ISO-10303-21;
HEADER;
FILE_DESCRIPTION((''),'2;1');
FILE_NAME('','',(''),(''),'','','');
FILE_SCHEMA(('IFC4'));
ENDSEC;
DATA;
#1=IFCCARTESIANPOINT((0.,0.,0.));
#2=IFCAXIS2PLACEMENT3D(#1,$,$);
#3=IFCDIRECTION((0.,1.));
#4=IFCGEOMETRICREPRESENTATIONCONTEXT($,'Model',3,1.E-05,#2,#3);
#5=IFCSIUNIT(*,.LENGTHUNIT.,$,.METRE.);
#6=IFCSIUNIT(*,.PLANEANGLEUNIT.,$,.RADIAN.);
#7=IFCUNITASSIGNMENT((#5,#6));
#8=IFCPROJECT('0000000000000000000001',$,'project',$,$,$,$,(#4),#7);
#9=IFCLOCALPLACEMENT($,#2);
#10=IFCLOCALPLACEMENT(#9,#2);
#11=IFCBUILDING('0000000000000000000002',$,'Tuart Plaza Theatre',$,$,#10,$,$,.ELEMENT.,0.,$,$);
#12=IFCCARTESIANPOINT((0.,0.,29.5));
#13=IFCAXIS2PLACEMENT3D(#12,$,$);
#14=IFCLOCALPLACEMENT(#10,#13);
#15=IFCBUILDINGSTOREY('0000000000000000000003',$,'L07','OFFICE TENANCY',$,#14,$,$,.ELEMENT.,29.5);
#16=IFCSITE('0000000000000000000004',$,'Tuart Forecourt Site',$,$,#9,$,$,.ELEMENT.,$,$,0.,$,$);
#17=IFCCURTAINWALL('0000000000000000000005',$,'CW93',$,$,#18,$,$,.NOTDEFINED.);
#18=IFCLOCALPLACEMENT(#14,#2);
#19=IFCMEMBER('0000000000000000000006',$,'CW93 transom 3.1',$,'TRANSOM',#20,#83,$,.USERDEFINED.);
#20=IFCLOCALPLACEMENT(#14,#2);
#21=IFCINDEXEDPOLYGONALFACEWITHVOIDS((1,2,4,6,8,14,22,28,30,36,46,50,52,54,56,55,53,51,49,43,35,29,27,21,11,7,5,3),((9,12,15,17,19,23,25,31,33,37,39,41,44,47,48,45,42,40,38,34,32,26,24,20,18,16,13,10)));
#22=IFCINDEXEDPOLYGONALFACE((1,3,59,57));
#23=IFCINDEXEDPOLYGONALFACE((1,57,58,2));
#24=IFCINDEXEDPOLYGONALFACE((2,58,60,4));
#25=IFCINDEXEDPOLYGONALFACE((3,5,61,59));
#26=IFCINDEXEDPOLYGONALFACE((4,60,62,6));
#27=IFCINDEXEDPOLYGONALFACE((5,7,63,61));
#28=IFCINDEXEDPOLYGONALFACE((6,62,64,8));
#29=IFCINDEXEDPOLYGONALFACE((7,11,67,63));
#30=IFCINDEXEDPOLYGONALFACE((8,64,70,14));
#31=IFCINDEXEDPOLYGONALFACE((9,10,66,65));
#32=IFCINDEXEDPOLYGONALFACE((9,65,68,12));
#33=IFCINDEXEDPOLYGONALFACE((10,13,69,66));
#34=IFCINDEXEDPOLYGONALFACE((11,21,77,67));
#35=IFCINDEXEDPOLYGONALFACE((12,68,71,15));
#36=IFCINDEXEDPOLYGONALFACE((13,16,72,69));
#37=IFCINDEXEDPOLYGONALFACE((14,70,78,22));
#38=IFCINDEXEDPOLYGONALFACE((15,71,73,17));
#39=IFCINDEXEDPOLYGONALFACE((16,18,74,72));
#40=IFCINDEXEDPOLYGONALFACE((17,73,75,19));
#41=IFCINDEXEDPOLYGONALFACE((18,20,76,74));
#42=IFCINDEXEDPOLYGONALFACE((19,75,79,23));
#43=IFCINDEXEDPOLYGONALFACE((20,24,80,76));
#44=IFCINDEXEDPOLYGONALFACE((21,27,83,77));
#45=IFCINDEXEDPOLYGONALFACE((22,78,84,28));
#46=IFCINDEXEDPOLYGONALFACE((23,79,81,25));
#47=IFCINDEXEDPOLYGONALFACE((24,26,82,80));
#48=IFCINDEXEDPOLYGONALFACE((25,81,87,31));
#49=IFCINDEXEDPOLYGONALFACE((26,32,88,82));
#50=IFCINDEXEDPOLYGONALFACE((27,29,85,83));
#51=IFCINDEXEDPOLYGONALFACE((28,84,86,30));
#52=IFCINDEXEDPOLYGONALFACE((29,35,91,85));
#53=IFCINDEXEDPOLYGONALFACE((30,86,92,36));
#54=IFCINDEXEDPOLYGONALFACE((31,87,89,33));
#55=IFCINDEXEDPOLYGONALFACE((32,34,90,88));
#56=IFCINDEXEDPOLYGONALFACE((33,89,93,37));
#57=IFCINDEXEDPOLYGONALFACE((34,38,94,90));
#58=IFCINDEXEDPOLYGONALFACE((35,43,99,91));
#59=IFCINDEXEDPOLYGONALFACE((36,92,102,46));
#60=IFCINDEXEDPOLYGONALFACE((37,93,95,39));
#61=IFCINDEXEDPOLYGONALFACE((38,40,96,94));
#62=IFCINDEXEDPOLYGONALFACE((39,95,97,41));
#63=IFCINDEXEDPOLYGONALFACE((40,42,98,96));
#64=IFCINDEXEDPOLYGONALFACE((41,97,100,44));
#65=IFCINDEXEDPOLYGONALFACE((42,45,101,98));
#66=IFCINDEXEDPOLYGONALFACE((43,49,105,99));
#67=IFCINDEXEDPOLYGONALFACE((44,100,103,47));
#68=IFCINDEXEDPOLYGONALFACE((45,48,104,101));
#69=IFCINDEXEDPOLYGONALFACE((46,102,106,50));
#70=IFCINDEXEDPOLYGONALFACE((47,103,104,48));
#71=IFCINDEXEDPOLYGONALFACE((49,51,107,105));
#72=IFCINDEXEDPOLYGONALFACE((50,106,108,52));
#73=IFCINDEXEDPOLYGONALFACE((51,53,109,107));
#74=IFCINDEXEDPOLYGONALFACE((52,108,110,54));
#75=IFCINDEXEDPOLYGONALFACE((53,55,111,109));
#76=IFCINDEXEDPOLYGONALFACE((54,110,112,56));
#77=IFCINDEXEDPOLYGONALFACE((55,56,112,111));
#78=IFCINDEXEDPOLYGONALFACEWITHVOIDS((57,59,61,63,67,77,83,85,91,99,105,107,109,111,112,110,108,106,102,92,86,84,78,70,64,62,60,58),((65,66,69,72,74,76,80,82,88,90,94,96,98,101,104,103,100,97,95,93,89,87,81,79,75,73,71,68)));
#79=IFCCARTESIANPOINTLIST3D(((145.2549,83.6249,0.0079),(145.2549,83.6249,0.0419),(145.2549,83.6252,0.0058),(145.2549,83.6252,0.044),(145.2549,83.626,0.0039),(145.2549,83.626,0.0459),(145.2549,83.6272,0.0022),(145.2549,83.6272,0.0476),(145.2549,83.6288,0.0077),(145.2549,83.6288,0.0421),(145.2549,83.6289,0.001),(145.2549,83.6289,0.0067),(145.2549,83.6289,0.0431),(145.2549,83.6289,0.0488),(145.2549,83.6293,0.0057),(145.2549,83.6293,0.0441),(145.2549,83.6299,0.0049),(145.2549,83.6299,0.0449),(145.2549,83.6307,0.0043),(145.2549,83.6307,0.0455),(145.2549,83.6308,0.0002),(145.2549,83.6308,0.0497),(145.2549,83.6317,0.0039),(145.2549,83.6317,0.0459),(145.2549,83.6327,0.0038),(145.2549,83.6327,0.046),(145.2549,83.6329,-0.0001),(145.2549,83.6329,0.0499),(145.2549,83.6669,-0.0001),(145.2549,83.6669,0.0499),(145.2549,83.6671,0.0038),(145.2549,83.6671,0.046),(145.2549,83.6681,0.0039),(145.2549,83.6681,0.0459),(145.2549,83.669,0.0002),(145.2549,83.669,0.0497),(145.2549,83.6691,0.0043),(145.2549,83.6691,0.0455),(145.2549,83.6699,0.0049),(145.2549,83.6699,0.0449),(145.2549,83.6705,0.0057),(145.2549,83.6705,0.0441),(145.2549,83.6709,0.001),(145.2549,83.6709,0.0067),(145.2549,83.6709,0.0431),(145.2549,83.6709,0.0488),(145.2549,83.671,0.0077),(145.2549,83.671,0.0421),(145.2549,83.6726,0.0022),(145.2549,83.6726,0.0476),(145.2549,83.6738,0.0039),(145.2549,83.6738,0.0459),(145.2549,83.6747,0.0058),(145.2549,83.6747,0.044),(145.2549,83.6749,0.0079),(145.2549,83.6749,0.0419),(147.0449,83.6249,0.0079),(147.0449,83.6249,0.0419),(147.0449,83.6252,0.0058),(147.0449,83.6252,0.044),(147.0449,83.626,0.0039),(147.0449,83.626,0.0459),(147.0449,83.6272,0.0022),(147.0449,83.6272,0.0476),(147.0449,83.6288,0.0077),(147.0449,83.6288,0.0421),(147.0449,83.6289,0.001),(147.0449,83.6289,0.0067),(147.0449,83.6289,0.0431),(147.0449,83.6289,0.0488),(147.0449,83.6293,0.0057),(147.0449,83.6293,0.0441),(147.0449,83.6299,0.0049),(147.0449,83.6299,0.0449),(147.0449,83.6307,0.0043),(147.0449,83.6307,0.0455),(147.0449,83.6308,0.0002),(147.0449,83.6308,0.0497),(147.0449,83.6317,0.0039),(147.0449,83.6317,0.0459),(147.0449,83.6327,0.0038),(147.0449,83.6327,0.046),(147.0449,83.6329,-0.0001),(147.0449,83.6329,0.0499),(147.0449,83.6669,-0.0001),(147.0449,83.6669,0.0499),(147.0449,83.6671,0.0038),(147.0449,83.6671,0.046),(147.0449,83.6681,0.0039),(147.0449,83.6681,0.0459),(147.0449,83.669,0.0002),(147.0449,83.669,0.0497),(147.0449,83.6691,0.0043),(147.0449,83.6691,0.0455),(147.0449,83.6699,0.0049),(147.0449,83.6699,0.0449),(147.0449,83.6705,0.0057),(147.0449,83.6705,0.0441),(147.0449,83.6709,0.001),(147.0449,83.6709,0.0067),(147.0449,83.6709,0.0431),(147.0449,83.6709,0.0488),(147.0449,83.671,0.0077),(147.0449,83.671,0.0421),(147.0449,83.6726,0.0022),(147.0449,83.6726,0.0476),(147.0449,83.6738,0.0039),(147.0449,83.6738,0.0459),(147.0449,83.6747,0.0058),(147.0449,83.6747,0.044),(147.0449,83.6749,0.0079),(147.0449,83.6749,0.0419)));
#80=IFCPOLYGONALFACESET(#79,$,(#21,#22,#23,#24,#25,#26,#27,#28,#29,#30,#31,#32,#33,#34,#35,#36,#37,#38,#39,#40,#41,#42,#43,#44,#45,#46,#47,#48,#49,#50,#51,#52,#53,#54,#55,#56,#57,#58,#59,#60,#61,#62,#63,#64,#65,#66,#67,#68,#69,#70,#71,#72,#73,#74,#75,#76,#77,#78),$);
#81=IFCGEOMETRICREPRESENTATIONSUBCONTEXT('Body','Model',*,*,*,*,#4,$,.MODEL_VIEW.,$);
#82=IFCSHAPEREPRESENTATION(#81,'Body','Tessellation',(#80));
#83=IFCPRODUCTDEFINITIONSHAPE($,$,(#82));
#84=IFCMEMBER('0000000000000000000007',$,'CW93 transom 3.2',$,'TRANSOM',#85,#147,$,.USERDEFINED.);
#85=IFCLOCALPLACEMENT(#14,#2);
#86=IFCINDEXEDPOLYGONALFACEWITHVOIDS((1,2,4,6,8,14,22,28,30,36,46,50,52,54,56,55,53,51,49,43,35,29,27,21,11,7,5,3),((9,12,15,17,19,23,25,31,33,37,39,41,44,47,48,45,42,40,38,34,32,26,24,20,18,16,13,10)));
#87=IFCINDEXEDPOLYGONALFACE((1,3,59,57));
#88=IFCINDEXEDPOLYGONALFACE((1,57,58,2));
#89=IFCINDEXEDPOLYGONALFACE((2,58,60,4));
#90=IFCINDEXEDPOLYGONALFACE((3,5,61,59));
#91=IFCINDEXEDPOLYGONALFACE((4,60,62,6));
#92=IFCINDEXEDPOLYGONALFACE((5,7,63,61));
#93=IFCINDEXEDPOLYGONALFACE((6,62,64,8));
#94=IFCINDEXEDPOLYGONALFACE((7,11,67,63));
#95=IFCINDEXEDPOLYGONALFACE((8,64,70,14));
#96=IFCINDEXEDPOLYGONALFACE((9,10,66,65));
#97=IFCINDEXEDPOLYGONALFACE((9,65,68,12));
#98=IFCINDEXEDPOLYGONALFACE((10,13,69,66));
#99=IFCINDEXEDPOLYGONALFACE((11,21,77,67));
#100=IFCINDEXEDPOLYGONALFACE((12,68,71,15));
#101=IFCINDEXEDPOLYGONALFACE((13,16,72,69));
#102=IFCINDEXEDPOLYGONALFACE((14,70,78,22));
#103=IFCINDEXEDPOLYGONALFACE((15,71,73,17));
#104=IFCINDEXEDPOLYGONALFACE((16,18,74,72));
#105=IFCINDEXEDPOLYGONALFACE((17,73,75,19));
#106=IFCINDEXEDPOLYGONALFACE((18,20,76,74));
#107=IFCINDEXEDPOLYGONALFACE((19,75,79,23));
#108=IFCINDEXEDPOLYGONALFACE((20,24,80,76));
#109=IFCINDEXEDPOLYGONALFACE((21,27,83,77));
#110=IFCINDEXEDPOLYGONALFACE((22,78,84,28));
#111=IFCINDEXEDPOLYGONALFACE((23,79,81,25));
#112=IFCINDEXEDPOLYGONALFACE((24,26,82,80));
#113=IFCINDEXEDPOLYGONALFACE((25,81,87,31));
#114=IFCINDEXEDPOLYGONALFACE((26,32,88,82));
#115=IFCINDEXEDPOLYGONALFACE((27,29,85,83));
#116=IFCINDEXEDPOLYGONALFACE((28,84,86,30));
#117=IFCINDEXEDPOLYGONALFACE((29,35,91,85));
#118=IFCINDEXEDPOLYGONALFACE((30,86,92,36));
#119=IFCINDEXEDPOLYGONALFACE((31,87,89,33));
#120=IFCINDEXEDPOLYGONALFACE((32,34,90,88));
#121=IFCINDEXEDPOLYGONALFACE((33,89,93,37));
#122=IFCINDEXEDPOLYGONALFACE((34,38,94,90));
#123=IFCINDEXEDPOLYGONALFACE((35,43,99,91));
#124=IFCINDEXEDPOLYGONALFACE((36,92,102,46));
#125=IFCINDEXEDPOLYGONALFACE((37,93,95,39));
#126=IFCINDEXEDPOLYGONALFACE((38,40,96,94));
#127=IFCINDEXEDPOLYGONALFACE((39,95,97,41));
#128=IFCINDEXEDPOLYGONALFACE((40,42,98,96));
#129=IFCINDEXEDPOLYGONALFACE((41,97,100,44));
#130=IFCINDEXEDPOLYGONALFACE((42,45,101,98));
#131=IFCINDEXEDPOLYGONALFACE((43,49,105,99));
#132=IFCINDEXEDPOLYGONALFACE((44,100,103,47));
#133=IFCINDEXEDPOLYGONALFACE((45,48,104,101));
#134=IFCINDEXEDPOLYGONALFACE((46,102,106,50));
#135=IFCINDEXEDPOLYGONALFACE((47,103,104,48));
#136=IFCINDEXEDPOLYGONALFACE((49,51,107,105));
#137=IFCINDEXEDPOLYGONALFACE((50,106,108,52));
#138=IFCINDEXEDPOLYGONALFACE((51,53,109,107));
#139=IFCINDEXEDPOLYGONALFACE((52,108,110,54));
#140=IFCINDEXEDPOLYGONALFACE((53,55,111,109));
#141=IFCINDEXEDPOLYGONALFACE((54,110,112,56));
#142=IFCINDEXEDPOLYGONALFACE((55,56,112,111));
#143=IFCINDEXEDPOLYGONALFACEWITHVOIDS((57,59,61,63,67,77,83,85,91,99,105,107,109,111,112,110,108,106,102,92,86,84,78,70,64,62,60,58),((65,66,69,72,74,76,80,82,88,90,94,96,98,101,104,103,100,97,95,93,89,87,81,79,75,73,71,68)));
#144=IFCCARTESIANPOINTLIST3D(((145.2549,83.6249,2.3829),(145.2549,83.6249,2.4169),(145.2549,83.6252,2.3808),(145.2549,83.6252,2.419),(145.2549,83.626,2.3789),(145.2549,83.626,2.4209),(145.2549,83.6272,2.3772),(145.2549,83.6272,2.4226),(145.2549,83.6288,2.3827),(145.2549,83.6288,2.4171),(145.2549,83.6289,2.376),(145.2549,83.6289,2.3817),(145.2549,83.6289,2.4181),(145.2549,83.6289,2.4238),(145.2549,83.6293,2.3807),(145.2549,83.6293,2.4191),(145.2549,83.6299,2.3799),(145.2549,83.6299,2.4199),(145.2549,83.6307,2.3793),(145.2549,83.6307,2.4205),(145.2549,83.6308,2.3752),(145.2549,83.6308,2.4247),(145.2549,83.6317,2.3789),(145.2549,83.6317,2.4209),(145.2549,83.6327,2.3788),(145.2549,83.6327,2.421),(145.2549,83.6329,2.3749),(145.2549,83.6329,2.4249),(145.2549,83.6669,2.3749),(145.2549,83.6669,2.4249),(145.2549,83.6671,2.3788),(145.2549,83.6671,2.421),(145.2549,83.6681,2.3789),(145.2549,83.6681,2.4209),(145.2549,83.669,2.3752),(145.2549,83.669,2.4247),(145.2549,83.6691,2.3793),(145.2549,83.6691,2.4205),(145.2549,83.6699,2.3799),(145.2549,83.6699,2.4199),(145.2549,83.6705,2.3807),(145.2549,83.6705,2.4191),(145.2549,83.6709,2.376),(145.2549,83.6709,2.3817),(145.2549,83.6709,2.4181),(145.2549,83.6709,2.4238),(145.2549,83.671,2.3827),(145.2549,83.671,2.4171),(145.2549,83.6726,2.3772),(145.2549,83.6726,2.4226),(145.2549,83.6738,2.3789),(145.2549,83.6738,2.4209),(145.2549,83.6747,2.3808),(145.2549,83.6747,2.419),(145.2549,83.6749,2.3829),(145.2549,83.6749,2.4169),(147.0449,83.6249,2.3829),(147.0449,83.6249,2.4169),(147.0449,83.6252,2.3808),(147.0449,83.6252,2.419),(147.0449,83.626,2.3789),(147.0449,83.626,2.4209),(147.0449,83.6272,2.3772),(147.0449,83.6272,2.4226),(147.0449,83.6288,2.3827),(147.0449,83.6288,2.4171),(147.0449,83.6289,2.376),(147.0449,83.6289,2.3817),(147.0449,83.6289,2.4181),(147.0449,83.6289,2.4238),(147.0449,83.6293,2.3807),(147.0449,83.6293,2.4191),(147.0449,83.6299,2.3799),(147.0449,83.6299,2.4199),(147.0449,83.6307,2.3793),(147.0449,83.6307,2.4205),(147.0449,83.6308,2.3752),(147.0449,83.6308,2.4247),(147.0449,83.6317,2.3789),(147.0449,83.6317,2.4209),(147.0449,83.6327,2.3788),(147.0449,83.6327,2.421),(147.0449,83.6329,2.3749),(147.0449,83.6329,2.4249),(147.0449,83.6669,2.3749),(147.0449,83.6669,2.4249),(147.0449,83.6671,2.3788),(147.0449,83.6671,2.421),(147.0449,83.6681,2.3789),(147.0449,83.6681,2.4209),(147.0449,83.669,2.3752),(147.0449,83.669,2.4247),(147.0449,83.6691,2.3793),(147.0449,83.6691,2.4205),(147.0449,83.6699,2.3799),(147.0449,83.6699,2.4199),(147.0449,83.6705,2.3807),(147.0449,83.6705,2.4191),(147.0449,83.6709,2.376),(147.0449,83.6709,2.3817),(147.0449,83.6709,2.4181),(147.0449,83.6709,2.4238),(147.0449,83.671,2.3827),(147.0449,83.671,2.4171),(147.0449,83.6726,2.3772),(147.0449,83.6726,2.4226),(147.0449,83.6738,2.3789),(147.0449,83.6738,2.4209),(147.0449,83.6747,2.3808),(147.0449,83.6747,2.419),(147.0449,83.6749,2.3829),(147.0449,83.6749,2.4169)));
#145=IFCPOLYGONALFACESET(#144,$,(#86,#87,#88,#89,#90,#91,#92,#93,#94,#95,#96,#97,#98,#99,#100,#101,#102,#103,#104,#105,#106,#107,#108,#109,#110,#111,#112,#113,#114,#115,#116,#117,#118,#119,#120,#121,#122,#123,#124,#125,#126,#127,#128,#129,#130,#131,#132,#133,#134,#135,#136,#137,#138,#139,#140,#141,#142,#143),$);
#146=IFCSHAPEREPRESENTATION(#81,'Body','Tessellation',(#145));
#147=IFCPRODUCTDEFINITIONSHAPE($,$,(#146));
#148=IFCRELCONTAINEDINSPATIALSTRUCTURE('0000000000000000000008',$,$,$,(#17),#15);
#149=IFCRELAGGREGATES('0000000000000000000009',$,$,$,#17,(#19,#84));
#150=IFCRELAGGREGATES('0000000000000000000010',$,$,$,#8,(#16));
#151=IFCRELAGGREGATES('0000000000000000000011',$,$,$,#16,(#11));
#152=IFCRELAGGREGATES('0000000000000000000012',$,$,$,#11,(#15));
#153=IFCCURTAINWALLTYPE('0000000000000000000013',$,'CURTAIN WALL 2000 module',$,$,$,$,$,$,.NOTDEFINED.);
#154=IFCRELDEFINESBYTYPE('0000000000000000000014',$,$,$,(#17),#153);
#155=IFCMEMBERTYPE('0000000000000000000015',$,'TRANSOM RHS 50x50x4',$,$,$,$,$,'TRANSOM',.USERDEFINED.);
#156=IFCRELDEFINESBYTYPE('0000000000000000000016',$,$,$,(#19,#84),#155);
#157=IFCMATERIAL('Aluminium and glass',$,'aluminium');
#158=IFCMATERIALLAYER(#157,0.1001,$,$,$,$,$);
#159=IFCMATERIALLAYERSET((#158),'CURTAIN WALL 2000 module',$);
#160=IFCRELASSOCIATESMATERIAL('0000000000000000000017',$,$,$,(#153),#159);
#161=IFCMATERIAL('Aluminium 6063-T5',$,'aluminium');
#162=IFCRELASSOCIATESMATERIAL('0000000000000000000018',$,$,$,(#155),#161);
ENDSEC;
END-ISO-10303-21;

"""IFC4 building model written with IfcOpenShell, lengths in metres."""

from ifc_helpers import new_model, si_unit, direction, frame, origin, origin_2d, place, context, subcontext, project, spatial, hollow_rectangle, extrude, material, layer, layer_set, material_profile, profile_set, type_object, element, aggregate, save


model = new_model("IFC4")

# Units and contexts
model_context = context("Model", 3, precision=1e-05, world=origin(), true_north=direction((0.0, 1.0)))
body_context = subcontext(model_context, "Body", "Model", "MODEL_VIEW")
ifc_project = project(units=[si_unit("LENGTHUNIT", "METRE"), si_unit("PLANEANGLEUNIT", "RADIAN")], contexts=[model_context])

# Site, building, storey
site_placement = place(None, origin())
site = spatial("IfcSite", under=ifc_project, at=site_placement, Name="Tuart Forecourt Site", CompositionType="ELEMENT", RefElevation=0.0)
building_placement = place(site_placement, origin())
building = spatial("IfcBuilding", under=site, at=building_placement, Name="Tuart Plaza Theatre", CompositionType="ELEMENT", ElevationOfRefHeight=0.0)
storey_placement = place(building_placement, frame((0.0, 0.0, 29.5)))
storey = spatial("IfcBuildingStorey", under=building, at=storey_placement, Name="L07", Description="OFFICE TENANCY", CompositionType="ELEMENT", Elevation=29.5)

# Curtain wall
ifc_material_1 = material(Name="Aluminium and glass", Category="aluminium")
ifc_layer_1 = layer(ifc_material_1, 0.1001)
ifc_layer_set_1 = layer_set([ifc_layer_1], Name="CURTAIN WALL 2000 module")
curtain_wall_type = type_object("IfcCurtainWallType", Name="CURTAIN WALL 2000 module", PredefinedType="NOTDEFINED", material=ifc_layer_set_1)
curtain_wall_1_placement = place(storey_placement, origin())
curtain_wall_1 = element("IfcCurtainWall", 1, at=curtain_wall_1_placement, inside=storey, type_object=curtain_wall_type, Name="CW93", PredefinedType="NOTDEFINED")

# Members
ifc_material_2 = material(Name="Aluminium 6063-T5", Category="aluminium")
ifc_material_profile_1 = material_profile(ifc_material_2, hollow_rectangle(XDim=0.05, YDim=0.05, WallThickness=0.0039, InnerFilletRadius=0.0039, OuterFilletRadius=0.0081, at=origin_2d()), Name="RHS 50x50x4")
ifc_profile_set_1 = profile_set([ifc_material_profile_1], Name="Aluminium 6063-T5")
member_type_1 = type_object("IfcMemberType", Name="TRANSOM RHS 50x50x4", ElementType="TRANSOM", PredefinedType="USERDEFINED", material=ifc_profile_set_1)
member_1_placement = place(storey_placement, frame((147.0449, 83.6499, 0.0249), z_axis=(-1.0, 0.0, 0.0), x_axis=(0.0, -1.0, 0.0)))
member_1 = element("IfcMember", 2, at=member_1_placement, type_object=member_type_1, Name="CW93 transom 3.1", ObjectType="TRANSOM", PredefinedType="USERDEFINED", context=body_context, shape_type="SweptSolid", body=[
    extrude(hollow_rectangle(XDim=0.05, YDim=0.05, WallThickness=0.0039, InnerFilletRadius=0.0039, OuterFilletRadius=0.0081, at=origin_2d()), origin(), (0.0, 0.0, 1.0), 1.79),
])
member_2_placement = place(storey_placement, frame((147.0449, 83.6499, 2.3999), z_axis=(-1.0, 0.0, 0.0), x_axis=(0.0, -1.0, 0.0)))
member_2 = element("IfcMember", 3, at=member_2_placement, type_object=member_type_1, Name="CW93 transom 3.2", ObjectType="TRANSOM", PredefinedType="USERDEFINED", context=body_context, shape_type="SweptSolid", body=[
    extrude(hollow_rectangle(XDim=0.05, YDim=0.05, WallThickness=0.0039, InnerFilletRadius=0.0039, OuterFilletRadius=0.0081, at=origin_2d()), origin(), (0.0, 0.0, 1.0), 1.79),
])

aggregate(curtain_wall_1, [member_1, member_2])

save(model, "model.ifc")
